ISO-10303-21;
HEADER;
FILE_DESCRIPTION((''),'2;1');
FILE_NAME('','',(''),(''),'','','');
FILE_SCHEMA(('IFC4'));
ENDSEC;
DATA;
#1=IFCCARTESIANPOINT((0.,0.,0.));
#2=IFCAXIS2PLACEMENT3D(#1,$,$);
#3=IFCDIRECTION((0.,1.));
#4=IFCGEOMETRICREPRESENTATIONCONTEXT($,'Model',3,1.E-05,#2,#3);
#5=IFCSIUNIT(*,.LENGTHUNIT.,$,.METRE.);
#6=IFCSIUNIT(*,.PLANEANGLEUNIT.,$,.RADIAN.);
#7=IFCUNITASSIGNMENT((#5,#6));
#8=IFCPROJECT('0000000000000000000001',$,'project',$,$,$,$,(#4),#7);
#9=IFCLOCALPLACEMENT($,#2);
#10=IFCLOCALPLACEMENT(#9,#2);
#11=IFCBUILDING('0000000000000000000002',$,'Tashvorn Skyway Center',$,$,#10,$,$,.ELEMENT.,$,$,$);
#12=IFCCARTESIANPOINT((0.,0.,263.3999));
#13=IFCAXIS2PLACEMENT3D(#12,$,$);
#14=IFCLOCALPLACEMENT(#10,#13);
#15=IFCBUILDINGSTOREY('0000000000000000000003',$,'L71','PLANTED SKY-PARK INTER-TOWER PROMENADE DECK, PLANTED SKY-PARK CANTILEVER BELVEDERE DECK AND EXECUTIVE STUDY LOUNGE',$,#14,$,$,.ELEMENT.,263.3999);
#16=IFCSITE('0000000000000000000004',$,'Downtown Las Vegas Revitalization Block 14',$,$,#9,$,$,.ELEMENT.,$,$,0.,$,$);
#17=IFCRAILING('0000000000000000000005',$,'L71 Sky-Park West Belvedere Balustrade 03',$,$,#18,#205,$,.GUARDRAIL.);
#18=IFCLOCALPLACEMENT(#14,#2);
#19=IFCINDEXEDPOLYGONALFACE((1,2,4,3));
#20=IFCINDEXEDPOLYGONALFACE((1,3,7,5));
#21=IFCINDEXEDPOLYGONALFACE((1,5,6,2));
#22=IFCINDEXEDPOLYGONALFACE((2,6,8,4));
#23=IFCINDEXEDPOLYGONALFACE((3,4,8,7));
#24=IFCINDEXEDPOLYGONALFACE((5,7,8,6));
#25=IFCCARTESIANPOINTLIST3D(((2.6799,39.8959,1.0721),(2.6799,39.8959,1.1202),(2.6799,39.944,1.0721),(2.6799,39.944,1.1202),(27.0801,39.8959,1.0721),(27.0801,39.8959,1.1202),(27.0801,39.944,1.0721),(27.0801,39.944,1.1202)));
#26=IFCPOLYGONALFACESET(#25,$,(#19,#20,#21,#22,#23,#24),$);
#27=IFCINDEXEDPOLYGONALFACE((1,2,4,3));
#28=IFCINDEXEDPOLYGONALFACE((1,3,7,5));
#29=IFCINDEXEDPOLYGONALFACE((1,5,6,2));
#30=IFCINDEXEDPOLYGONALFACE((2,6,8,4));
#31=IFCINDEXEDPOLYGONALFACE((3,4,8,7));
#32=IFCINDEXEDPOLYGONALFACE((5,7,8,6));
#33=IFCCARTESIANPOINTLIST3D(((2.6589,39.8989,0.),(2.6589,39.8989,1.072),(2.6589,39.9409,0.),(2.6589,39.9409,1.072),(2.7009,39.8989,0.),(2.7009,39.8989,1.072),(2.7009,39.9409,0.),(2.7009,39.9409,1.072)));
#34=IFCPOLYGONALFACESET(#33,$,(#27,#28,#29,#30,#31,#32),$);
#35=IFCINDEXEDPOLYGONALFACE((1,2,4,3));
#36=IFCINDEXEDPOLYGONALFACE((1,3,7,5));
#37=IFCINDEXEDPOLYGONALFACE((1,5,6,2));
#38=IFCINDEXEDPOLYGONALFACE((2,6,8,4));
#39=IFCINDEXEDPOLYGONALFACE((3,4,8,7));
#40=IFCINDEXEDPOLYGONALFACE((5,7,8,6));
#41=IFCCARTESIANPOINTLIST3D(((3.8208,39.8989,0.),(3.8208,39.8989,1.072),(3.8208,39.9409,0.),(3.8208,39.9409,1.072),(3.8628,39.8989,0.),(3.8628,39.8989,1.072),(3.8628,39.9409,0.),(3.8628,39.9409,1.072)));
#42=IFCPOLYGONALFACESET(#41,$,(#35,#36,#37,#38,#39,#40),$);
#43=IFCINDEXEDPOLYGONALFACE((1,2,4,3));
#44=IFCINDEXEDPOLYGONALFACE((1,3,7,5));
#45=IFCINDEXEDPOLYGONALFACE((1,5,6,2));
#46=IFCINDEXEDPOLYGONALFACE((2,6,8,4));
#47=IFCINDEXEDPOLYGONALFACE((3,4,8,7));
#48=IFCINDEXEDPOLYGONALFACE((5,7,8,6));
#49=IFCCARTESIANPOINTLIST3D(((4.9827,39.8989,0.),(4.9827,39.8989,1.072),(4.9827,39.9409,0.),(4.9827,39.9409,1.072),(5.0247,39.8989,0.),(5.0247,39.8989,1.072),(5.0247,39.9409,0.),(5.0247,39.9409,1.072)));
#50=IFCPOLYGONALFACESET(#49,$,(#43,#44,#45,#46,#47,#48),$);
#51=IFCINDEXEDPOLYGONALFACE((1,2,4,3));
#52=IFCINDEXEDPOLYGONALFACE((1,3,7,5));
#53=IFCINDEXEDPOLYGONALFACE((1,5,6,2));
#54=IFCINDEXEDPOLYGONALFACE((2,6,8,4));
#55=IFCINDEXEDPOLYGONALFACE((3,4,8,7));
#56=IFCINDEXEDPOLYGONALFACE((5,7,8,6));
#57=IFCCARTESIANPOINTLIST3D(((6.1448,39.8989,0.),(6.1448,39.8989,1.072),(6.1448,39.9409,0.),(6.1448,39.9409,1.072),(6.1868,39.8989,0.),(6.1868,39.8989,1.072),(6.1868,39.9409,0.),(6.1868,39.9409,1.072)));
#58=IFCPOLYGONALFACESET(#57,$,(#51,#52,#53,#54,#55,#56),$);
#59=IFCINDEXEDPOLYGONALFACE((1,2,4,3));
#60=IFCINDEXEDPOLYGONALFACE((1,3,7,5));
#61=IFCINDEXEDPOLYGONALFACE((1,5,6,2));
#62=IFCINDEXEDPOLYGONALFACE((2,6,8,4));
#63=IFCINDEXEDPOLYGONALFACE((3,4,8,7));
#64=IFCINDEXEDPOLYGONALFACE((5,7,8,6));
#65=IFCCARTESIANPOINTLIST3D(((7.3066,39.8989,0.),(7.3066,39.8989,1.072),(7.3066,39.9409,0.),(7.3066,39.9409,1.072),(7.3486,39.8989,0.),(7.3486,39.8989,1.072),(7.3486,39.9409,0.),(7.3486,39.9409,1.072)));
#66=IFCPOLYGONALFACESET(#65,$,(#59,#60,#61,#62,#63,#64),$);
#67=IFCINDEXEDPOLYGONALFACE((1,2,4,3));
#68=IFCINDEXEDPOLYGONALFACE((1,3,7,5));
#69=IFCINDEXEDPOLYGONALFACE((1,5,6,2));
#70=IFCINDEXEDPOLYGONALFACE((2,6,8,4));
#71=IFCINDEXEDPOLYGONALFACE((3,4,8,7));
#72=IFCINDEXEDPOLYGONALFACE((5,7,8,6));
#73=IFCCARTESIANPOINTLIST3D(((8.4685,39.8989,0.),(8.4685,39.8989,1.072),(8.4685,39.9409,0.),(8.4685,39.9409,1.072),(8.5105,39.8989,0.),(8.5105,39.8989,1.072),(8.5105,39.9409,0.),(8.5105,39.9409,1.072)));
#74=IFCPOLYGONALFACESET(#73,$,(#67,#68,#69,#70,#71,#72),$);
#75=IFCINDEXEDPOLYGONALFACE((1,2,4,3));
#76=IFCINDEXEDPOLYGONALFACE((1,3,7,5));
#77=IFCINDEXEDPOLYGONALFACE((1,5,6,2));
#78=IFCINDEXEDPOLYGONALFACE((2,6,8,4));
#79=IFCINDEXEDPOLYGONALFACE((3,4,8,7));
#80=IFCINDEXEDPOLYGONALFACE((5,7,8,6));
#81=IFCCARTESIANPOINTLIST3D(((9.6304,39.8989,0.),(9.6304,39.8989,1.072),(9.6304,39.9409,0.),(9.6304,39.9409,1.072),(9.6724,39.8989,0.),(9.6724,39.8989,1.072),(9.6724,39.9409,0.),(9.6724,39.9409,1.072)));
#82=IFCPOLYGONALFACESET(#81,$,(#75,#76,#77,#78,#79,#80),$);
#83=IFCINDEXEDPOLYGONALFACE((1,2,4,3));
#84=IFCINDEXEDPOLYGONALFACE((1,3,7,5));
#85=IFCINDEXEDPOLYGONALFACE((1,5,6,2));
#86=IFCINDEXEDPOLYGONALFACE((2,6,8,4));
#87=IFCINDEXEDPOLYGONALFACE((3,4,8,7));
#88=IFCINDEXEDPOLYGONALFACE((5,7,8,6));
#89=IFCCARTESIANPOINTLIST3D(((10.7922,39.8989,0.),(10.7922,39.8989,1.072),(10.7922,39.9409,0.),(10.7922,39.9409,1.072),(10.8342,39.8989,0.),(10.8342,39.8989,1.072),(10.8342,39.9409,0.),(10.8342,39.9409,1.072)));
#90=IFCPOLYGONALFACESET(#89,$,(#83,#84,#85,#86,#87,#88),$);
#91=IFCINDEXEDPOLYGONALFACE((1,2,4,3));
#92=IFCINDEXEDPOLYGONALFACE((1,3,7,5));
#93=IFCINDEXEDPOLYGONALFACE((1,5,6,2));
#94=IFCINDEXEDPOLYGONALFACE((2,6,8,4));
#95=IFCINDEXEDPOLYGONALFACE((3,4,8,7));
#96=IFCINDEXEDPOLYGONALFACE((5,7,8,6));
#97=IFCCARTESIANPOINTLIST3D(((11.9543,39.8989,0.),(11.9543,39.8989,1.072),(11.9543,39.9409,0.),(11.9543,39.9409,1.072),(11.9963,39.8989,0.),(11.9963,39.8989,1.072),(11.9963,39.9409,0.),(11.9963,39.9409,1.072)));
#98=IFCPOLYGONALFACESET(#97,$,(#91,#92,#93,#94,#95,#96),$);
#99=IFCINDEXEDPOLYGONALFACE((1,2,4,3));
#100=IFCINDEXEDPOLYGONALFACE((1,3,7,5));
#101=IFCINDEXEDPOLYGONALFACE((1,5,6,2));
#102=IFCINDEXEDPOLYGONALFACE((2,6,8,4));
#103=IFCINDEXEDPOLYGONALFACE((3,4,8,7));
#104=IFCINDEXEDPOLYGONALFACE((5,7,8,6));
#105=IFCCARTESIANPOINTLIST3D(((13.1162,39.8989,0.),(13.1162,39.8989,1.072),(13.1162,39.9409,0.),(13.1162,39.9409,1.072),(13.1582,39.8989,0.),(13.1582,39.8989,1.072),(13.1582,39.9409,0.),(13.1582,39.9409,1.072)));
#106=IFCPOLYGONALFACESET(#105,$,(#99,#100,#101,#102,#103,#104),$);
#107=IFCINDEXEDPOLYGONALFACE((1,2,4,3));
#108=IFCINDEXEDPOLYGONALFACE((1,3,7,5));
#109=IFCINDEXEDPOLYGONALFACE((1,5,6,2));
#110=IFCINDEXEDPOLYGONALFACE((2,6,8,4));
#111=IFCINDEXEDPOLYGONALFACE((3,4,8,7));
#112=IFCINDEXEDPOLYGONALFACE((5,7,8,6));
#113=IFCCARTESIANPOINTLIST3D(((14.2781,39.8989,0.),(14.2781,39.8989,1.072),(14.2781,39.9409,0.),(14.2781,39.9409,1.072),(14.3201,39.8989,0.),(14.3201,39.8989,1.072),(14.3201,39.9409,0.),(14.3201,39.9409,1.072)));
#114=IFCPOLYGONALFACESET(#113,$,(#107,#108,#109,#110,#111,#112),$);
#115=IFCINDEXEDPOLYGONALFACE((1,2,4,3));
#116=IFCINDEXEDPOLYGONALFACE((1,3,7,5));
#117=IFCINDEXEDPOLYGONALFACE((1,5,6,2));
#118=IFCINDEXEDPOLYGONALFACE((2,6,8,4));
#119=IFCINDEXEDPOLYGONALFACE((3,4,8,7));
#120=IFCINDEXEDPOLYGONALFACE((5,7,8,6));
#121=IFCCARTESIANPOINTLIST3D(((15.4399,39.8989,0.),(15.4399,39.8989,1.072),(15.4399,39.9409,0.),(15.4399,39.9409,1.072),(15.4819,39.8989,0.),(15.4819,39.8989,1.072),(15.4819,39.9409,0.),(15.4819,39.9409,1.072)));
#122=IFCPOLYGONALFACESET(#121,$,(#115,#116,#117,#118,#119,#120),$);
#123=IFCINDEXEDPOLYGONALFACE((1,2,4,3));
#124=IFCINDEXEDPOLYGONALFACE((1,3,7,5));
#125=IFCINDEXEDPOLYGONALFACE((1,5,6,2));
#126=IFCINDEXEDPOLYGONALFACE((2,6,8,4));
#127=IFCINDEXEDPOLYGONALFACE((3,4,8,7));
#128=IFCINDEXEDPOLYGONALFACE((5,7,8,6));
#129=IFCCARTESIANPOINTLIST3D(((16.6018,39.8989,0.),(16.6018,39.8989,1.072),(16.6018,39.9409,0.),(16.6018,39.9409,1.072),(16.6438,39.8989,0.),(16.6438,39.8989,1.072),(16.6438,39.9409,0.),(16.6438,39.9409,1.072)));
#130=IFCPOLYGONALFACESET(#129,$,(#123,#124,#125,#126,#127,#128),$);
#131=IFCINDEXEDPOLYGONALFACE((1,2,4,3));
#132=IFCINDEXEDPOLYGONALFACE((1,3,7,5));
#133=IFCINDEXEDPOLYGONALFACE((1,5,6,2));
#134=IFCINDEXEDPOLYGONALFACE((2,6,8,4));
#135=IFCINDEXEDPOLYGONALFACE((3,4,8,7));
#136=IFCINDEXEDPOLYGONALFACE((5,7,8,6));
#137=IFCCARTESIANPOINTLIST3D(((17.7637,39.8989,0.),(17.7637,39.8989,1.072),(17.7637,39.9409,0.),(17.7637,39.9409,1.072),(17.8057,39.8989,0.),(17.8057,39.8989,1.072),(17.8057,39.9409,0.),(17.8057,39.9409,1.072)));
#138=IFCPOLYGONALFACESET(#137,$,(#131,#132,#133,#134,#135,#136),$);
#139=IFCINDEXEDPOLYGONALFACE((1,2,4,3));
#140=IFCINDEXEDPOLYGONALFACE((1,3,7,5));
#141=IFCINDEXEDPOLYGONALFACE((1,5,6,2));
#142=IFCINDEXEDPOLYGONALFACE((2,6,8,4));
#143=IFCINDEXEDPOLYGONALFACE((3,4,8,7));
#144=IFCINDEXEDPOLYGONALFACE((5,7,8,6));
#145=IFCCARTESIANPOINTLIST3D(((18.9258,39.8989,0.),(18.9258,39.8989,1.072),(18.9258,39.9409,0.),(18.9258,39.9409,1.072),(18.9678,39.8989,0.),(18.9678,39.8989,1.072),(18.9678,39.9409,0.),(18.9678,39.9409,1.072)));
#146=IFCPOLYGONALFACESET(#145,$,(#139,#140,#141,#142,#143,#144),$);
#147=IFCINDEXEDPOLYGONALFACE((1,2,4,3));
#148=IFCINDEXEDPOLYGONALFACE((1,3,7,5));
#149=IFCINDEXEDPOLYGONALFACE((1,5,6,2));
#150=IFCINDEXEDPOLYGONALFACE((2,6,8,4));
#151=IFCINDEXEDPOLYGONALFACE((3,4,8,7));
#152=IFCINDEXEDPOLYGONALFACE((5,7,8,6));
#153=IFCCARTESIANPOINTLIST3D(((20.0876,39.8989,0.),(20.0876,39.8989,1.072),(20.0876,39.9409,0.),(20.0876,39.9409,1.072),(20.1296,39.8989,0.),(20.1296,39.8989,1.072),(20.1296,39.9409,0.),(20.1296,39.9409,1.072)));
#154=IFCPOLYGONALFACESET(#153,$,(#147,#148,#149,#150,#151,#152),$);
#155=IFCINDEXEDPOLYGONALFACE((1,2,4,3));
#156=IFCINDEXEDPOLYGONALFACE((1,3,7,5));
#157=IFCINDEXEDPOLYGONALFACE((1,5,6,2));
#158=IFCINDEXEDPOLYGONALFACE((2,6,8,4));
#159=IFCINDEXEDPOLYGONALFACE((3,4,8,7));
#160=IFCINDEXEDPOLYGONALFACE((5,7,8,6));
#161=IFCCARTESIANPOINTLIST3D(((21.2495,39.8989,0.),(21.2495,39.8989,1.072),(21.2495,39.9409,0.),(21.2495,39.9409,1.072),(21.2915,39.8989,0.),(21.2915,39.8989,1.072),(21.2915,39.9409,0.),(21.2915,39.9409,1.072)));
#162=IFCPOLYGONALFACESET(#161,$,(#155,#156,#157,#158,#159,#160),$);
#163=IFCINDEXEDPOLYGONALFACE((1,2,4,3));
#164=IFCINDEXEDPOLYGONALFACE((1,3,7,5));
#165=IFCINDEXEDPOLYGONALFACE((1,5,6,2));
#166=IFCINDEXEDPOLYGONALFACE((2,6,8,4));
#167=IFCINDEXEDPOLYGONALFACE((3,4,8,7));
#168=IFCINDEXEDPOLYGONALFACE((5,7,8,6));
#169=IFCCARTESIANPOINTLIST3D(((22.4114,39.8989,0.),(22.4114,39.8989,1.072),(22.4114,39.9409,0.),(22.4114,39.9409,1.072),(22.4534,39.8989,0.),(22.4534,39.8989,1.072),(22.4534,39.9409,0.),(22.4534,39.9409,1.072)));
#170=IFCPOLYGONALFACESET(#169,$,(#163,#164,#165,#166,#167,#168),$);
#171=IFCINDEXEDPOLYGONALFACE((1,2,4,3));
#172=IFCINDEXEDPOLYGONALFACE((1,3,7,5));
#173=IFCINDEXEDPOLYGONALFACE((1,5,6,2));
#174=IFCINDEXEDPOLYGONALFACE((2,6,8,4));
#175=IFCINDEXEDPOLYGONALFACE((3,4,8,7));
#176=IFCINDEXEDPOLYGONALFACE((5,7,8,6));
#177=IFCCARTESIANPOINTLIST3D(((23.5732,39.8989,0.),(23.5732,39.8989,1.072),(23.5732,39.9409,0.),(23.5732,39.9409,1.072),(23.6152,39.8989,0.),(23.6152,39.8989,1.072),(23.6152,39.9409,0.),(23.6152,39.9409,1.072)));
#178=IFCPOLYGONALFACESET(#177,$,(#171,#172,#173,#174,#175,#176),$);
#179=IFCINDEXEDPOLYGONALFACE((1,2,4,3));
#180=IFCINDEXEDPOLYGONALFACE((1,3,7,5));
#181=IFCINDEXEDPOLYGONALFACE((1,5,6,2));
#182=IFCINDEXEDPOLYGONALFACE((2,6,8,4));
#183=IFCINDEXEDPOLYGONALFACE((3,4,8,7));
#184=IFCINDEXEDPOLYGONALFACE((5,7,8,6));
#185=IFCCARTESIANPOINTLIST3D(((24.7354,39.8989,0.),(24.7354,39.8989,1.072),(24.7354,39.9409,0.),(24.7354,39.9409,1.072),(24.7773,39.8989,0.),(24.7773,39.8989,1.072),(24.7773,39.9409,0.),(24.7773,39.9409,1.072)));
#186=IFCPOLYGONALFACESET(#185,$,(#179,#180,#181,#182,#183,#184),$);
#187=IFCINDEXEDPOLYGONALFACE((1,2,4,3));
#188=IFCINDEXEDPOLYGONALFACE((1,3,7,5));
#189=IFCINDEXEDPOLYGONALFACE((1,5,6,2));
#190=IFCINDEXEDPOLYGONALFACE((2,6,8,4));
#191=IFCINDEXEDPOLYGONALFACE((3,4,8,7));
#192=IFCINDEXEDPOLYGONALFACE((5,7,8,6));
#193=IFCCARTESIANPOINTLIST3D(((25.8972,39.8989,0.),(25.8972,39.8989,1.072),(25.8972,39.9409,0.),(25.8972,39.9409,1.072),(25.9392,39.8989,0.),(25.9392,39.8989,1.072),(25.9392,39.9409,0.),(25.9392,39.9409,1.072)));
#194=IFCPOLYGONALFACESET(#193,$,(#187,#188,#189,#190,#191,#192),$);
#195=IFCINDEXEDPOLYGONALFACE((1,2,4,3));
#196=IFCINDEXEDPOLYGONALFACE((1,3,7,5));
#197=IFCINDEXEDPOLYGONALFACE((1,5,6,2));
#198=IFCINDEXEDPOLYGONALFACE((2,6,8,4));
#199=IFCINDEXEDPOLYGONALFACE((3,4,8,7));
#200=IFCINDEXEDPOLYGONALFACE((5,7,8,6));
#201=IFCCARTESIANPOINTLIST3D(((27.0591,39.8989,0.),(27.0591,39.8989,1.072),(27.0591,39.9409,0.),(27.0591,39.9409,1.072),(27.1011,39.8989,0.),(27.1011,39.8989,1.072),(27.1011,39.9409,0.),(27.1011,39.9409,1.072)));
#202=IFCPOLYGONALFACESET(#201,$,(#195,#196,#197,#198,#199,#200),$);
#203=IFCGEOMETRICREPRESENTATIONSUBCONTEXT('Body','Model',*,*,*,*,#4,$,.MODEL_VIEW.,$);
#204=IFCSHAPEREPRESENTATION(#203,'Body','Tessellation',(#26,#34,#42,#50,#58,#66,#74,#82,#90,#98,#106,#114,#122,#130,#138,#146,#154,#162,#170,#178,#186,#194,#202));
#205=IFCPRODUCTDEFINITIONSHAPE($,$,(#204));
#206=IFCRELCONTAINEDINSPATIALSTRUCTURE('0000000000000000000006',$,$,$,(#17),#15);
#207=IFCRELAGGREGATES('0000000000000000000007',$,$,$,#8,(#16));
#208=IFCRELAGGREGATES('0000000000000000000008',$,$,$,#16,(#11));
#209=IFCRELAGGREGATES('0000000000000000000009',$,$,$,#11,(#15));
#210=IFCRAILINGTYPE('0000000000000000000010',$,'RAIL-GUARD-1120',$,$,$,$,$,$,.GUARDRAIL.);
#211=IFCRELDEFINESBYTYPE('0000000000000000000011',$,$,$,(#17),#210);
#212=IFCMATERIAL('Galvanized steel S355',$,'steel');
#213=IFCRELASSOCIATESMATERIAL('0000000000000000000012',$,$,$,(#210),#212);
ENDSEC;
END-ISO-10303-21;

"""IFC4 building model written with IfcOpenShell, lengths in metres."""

from ifc_helpers import new_model, si_unit, direction, frame, origin, origin_2d, place, context, subcontext, project, spatial, rectangle, extrude, material, type_object, element, save


model = new_model("IFC4")

# Units and contexts
model_context = context("Model", 3, precision=1e-05, world=origin(), true_north=direction((0.0, 1.0)))
body_context = subcontext(model_context, "Body", "Model", "MODEL_VIEW")
ifc_project = project(units=[si_unit("LENGTHUNIT", "METRE"), si_unit("PLANEANGLEUNIT", "RADIAN")], contexts=[model_context])

# Site, building, storey
site_placement = place(None, origin())
site = spatial("IfcSite", under=ifc_project, at=site_placement, Name="Downtown Las Vegas Revitalization Block 14", CompositionType="ELEMENT", RefElevation=0.0)
building_placement = place(site_placement, origin())
building = spatial("IfcBuilding", under=site, at=building_placement, Name="Tashvorn Skyway Center", CompositionType="ELEMENT")
storey_placement = place(building_placement, frame((0.0, 0.0, 263.3999)))
storey = spatial("IfcBuildingStorey", under=building, at=storey_placement, Name="L71", Description="PLANTED SKY-PARK INTER-TOWER PROMENADE DECK, PLANTED SKY-PARK CANTILEVER BELVEDERE DECK AND EXECUTIVE STUDY LOUNGE", CompositionType="ELEMENT", Elevation=263.3999)

# Railing
ifc_material_1 = material(Name="Galvanized steel S355", Category="steel")
railing_type = type_object("IfcRailingType", Name="RAIL-GUARD-1120", PredefinedType="GUARDRAIL", material=ifc_material_1)
railing_placement = place(storey_placement, frame((2.6799, 39.9199, 0.0)))
element("IfcRailing", 1, at=railing_placement, inside=storey, type_object=railing_type, Name="L71 Sky-Park West Belvedere Balustrade 03", PredefinedType="GUARDRAIL", context=body_context, shape_type="SweptSolid", body=[
    extrude(rectangle(XDim=0.0481, YDim=0.0481, at=origin_2d()), frame((0.0, 0.0, 1.0962), z_axis=(1.0, 0.0, 0.0), x_axis=(0.0, 1.0, 0.0)), (0.0, 0.0, 1.0), 24.4001),
    extrude(rectangle(XDim=0.042, YDim=0.042, at=origin_2d()), origin(), (0.0, 0.0, 1.0), 1.072),
    extrude(rectangle(XDim=0.042, YDim=0.042, at=origin_2d()), frame((1.1619, 0.0, 0.0)), (0.0, 0.0, 1.0), 1.072),
    extrude(rectangle(XDim=0.042, YDim=0.042, at=origin_2d()), frame((2.3237, 0.0, 0.0)), (0.0, 0.0, 1.0), 1.072),
    extrude(rectangle(XDim=0.042, YDim=0.042, at=origin_2d()), frame((3.4858, 0.0, 0.0)), (0.0, 0.0, 1.0), 1.072),
    extrude(rectangle(XDim=0.042, YDim=0.042, at=origin_2d()), frame((4.6477, 0.0, 0.0)), (0.0, 0.0, 1.0), 1.072),
    extrude(rectangle(XDim=0.042, YDim=0.042, at=origin_2d()), frame((5.8096, 0.0, 0.0)), (0.0, 0.0, 1.0), 1.072),
    extrude(rectangle(XDim=0.042, YDim=0.042, at=origin_2d()), frame((6.9714, 0.0, 0.0)), (0.0, 0.0, 1.0), 1.072),
    extrude(rectangle(XDim=0.042, YDim=0.042, at=origin_2d()), frame((8.1333, 0.0, 0.0)), (0.0, 0.0, 1.0), 1.072),
    extrude(rectangle(XDim=0.042, YDim=0.042, at=origin_2d()), frame((9.2954, 0.0, 0.0)), (0.0, 0.0, 1.0), 1.072),
    extrude(rectangle(XDim=0.042, YDim=0.042, at=origin_2d()), frame((10.4573, 0.0, 0.0)), (0.0, 0.0, 1.0), 1.072),
    extrude(rectangle(XDim=0.042, YDim=0.042, at=origin_2d()), frame((11.6191, 0.0, 0.0)), (0.0, 0.0, 1.0), 1.072),
    extrude(rectangle(XDim=0.042, YDim=0.042, at=origin_2d()), frame((12.781, 0.0, 0.0)), (0.0, 0.0, 1.0), 1.072),
    extrude(rectangle(XDim=0.042, YDim=0.042, at=origin_2d()), frame((13.9429, 0.0, 0.0)), (0.0, 0.0, 1.0), 1.072),
    extrude(rectangle(XDim=0.042, YDim=0.042, at=origin_2d()), frame((15.1047, 0.0, 0.0)), (0.0, 0.0, 1.0), 1.072),
    extrude(rectangle(XDim=0.042, YDim=0.042, at=origin_2d()), frame((16.2668, 0.0, 0.0)), (0.0, 0.0, 1.0), 1.072),
    extrude(rectangle(XDim=0.042, YDim=0.042, at=origin_2d()), frame((17.4287, 0.0, 0.0)), (0.0, 0.0, 1.0), 1.072),
    extrude(rectangle(XDim=0.042, YDim=0.042, at=origin_2d()), frame((18.5906, 0.0, 0.0)), (0.0, 0.0, 1.0), 1.072),
    extrude(rectangle(XDim=0.042, YDim=0.042, at=origin_2d()), frame((19.7524, 0.0, 0.0)), (0.0, 0.0, 1.0), 1.072),
    extrude(rectangle(XDim=0.042, YDim=0.042, at=origin_2d()), frame((20.9143, 0.0, 0.0)), (0.0, 0.0, 1.0), 1.072),
    extrude(rectangle(XDim=0.042, YDim=0.042, at=origin_2d()), frame((22.0764, 0.0, 0.0)), (0.0, 0.0, 1.0), 1.072),
    extrude(rectangle(XDim=0.042, YDim=0.042, at=origin_2d()), frame((23.2383, 0.0, 0.0)), (0.0, 0.0, 1.0), 1.072),
    extrude(rectangle(XDim=0.042, YDim=0.042, at=origin_2d()), frame((24.4001, 0.0, 0.0)), (0.0, 0.0, 1.0), 1.072),
])

save(model, "model.ifc")
